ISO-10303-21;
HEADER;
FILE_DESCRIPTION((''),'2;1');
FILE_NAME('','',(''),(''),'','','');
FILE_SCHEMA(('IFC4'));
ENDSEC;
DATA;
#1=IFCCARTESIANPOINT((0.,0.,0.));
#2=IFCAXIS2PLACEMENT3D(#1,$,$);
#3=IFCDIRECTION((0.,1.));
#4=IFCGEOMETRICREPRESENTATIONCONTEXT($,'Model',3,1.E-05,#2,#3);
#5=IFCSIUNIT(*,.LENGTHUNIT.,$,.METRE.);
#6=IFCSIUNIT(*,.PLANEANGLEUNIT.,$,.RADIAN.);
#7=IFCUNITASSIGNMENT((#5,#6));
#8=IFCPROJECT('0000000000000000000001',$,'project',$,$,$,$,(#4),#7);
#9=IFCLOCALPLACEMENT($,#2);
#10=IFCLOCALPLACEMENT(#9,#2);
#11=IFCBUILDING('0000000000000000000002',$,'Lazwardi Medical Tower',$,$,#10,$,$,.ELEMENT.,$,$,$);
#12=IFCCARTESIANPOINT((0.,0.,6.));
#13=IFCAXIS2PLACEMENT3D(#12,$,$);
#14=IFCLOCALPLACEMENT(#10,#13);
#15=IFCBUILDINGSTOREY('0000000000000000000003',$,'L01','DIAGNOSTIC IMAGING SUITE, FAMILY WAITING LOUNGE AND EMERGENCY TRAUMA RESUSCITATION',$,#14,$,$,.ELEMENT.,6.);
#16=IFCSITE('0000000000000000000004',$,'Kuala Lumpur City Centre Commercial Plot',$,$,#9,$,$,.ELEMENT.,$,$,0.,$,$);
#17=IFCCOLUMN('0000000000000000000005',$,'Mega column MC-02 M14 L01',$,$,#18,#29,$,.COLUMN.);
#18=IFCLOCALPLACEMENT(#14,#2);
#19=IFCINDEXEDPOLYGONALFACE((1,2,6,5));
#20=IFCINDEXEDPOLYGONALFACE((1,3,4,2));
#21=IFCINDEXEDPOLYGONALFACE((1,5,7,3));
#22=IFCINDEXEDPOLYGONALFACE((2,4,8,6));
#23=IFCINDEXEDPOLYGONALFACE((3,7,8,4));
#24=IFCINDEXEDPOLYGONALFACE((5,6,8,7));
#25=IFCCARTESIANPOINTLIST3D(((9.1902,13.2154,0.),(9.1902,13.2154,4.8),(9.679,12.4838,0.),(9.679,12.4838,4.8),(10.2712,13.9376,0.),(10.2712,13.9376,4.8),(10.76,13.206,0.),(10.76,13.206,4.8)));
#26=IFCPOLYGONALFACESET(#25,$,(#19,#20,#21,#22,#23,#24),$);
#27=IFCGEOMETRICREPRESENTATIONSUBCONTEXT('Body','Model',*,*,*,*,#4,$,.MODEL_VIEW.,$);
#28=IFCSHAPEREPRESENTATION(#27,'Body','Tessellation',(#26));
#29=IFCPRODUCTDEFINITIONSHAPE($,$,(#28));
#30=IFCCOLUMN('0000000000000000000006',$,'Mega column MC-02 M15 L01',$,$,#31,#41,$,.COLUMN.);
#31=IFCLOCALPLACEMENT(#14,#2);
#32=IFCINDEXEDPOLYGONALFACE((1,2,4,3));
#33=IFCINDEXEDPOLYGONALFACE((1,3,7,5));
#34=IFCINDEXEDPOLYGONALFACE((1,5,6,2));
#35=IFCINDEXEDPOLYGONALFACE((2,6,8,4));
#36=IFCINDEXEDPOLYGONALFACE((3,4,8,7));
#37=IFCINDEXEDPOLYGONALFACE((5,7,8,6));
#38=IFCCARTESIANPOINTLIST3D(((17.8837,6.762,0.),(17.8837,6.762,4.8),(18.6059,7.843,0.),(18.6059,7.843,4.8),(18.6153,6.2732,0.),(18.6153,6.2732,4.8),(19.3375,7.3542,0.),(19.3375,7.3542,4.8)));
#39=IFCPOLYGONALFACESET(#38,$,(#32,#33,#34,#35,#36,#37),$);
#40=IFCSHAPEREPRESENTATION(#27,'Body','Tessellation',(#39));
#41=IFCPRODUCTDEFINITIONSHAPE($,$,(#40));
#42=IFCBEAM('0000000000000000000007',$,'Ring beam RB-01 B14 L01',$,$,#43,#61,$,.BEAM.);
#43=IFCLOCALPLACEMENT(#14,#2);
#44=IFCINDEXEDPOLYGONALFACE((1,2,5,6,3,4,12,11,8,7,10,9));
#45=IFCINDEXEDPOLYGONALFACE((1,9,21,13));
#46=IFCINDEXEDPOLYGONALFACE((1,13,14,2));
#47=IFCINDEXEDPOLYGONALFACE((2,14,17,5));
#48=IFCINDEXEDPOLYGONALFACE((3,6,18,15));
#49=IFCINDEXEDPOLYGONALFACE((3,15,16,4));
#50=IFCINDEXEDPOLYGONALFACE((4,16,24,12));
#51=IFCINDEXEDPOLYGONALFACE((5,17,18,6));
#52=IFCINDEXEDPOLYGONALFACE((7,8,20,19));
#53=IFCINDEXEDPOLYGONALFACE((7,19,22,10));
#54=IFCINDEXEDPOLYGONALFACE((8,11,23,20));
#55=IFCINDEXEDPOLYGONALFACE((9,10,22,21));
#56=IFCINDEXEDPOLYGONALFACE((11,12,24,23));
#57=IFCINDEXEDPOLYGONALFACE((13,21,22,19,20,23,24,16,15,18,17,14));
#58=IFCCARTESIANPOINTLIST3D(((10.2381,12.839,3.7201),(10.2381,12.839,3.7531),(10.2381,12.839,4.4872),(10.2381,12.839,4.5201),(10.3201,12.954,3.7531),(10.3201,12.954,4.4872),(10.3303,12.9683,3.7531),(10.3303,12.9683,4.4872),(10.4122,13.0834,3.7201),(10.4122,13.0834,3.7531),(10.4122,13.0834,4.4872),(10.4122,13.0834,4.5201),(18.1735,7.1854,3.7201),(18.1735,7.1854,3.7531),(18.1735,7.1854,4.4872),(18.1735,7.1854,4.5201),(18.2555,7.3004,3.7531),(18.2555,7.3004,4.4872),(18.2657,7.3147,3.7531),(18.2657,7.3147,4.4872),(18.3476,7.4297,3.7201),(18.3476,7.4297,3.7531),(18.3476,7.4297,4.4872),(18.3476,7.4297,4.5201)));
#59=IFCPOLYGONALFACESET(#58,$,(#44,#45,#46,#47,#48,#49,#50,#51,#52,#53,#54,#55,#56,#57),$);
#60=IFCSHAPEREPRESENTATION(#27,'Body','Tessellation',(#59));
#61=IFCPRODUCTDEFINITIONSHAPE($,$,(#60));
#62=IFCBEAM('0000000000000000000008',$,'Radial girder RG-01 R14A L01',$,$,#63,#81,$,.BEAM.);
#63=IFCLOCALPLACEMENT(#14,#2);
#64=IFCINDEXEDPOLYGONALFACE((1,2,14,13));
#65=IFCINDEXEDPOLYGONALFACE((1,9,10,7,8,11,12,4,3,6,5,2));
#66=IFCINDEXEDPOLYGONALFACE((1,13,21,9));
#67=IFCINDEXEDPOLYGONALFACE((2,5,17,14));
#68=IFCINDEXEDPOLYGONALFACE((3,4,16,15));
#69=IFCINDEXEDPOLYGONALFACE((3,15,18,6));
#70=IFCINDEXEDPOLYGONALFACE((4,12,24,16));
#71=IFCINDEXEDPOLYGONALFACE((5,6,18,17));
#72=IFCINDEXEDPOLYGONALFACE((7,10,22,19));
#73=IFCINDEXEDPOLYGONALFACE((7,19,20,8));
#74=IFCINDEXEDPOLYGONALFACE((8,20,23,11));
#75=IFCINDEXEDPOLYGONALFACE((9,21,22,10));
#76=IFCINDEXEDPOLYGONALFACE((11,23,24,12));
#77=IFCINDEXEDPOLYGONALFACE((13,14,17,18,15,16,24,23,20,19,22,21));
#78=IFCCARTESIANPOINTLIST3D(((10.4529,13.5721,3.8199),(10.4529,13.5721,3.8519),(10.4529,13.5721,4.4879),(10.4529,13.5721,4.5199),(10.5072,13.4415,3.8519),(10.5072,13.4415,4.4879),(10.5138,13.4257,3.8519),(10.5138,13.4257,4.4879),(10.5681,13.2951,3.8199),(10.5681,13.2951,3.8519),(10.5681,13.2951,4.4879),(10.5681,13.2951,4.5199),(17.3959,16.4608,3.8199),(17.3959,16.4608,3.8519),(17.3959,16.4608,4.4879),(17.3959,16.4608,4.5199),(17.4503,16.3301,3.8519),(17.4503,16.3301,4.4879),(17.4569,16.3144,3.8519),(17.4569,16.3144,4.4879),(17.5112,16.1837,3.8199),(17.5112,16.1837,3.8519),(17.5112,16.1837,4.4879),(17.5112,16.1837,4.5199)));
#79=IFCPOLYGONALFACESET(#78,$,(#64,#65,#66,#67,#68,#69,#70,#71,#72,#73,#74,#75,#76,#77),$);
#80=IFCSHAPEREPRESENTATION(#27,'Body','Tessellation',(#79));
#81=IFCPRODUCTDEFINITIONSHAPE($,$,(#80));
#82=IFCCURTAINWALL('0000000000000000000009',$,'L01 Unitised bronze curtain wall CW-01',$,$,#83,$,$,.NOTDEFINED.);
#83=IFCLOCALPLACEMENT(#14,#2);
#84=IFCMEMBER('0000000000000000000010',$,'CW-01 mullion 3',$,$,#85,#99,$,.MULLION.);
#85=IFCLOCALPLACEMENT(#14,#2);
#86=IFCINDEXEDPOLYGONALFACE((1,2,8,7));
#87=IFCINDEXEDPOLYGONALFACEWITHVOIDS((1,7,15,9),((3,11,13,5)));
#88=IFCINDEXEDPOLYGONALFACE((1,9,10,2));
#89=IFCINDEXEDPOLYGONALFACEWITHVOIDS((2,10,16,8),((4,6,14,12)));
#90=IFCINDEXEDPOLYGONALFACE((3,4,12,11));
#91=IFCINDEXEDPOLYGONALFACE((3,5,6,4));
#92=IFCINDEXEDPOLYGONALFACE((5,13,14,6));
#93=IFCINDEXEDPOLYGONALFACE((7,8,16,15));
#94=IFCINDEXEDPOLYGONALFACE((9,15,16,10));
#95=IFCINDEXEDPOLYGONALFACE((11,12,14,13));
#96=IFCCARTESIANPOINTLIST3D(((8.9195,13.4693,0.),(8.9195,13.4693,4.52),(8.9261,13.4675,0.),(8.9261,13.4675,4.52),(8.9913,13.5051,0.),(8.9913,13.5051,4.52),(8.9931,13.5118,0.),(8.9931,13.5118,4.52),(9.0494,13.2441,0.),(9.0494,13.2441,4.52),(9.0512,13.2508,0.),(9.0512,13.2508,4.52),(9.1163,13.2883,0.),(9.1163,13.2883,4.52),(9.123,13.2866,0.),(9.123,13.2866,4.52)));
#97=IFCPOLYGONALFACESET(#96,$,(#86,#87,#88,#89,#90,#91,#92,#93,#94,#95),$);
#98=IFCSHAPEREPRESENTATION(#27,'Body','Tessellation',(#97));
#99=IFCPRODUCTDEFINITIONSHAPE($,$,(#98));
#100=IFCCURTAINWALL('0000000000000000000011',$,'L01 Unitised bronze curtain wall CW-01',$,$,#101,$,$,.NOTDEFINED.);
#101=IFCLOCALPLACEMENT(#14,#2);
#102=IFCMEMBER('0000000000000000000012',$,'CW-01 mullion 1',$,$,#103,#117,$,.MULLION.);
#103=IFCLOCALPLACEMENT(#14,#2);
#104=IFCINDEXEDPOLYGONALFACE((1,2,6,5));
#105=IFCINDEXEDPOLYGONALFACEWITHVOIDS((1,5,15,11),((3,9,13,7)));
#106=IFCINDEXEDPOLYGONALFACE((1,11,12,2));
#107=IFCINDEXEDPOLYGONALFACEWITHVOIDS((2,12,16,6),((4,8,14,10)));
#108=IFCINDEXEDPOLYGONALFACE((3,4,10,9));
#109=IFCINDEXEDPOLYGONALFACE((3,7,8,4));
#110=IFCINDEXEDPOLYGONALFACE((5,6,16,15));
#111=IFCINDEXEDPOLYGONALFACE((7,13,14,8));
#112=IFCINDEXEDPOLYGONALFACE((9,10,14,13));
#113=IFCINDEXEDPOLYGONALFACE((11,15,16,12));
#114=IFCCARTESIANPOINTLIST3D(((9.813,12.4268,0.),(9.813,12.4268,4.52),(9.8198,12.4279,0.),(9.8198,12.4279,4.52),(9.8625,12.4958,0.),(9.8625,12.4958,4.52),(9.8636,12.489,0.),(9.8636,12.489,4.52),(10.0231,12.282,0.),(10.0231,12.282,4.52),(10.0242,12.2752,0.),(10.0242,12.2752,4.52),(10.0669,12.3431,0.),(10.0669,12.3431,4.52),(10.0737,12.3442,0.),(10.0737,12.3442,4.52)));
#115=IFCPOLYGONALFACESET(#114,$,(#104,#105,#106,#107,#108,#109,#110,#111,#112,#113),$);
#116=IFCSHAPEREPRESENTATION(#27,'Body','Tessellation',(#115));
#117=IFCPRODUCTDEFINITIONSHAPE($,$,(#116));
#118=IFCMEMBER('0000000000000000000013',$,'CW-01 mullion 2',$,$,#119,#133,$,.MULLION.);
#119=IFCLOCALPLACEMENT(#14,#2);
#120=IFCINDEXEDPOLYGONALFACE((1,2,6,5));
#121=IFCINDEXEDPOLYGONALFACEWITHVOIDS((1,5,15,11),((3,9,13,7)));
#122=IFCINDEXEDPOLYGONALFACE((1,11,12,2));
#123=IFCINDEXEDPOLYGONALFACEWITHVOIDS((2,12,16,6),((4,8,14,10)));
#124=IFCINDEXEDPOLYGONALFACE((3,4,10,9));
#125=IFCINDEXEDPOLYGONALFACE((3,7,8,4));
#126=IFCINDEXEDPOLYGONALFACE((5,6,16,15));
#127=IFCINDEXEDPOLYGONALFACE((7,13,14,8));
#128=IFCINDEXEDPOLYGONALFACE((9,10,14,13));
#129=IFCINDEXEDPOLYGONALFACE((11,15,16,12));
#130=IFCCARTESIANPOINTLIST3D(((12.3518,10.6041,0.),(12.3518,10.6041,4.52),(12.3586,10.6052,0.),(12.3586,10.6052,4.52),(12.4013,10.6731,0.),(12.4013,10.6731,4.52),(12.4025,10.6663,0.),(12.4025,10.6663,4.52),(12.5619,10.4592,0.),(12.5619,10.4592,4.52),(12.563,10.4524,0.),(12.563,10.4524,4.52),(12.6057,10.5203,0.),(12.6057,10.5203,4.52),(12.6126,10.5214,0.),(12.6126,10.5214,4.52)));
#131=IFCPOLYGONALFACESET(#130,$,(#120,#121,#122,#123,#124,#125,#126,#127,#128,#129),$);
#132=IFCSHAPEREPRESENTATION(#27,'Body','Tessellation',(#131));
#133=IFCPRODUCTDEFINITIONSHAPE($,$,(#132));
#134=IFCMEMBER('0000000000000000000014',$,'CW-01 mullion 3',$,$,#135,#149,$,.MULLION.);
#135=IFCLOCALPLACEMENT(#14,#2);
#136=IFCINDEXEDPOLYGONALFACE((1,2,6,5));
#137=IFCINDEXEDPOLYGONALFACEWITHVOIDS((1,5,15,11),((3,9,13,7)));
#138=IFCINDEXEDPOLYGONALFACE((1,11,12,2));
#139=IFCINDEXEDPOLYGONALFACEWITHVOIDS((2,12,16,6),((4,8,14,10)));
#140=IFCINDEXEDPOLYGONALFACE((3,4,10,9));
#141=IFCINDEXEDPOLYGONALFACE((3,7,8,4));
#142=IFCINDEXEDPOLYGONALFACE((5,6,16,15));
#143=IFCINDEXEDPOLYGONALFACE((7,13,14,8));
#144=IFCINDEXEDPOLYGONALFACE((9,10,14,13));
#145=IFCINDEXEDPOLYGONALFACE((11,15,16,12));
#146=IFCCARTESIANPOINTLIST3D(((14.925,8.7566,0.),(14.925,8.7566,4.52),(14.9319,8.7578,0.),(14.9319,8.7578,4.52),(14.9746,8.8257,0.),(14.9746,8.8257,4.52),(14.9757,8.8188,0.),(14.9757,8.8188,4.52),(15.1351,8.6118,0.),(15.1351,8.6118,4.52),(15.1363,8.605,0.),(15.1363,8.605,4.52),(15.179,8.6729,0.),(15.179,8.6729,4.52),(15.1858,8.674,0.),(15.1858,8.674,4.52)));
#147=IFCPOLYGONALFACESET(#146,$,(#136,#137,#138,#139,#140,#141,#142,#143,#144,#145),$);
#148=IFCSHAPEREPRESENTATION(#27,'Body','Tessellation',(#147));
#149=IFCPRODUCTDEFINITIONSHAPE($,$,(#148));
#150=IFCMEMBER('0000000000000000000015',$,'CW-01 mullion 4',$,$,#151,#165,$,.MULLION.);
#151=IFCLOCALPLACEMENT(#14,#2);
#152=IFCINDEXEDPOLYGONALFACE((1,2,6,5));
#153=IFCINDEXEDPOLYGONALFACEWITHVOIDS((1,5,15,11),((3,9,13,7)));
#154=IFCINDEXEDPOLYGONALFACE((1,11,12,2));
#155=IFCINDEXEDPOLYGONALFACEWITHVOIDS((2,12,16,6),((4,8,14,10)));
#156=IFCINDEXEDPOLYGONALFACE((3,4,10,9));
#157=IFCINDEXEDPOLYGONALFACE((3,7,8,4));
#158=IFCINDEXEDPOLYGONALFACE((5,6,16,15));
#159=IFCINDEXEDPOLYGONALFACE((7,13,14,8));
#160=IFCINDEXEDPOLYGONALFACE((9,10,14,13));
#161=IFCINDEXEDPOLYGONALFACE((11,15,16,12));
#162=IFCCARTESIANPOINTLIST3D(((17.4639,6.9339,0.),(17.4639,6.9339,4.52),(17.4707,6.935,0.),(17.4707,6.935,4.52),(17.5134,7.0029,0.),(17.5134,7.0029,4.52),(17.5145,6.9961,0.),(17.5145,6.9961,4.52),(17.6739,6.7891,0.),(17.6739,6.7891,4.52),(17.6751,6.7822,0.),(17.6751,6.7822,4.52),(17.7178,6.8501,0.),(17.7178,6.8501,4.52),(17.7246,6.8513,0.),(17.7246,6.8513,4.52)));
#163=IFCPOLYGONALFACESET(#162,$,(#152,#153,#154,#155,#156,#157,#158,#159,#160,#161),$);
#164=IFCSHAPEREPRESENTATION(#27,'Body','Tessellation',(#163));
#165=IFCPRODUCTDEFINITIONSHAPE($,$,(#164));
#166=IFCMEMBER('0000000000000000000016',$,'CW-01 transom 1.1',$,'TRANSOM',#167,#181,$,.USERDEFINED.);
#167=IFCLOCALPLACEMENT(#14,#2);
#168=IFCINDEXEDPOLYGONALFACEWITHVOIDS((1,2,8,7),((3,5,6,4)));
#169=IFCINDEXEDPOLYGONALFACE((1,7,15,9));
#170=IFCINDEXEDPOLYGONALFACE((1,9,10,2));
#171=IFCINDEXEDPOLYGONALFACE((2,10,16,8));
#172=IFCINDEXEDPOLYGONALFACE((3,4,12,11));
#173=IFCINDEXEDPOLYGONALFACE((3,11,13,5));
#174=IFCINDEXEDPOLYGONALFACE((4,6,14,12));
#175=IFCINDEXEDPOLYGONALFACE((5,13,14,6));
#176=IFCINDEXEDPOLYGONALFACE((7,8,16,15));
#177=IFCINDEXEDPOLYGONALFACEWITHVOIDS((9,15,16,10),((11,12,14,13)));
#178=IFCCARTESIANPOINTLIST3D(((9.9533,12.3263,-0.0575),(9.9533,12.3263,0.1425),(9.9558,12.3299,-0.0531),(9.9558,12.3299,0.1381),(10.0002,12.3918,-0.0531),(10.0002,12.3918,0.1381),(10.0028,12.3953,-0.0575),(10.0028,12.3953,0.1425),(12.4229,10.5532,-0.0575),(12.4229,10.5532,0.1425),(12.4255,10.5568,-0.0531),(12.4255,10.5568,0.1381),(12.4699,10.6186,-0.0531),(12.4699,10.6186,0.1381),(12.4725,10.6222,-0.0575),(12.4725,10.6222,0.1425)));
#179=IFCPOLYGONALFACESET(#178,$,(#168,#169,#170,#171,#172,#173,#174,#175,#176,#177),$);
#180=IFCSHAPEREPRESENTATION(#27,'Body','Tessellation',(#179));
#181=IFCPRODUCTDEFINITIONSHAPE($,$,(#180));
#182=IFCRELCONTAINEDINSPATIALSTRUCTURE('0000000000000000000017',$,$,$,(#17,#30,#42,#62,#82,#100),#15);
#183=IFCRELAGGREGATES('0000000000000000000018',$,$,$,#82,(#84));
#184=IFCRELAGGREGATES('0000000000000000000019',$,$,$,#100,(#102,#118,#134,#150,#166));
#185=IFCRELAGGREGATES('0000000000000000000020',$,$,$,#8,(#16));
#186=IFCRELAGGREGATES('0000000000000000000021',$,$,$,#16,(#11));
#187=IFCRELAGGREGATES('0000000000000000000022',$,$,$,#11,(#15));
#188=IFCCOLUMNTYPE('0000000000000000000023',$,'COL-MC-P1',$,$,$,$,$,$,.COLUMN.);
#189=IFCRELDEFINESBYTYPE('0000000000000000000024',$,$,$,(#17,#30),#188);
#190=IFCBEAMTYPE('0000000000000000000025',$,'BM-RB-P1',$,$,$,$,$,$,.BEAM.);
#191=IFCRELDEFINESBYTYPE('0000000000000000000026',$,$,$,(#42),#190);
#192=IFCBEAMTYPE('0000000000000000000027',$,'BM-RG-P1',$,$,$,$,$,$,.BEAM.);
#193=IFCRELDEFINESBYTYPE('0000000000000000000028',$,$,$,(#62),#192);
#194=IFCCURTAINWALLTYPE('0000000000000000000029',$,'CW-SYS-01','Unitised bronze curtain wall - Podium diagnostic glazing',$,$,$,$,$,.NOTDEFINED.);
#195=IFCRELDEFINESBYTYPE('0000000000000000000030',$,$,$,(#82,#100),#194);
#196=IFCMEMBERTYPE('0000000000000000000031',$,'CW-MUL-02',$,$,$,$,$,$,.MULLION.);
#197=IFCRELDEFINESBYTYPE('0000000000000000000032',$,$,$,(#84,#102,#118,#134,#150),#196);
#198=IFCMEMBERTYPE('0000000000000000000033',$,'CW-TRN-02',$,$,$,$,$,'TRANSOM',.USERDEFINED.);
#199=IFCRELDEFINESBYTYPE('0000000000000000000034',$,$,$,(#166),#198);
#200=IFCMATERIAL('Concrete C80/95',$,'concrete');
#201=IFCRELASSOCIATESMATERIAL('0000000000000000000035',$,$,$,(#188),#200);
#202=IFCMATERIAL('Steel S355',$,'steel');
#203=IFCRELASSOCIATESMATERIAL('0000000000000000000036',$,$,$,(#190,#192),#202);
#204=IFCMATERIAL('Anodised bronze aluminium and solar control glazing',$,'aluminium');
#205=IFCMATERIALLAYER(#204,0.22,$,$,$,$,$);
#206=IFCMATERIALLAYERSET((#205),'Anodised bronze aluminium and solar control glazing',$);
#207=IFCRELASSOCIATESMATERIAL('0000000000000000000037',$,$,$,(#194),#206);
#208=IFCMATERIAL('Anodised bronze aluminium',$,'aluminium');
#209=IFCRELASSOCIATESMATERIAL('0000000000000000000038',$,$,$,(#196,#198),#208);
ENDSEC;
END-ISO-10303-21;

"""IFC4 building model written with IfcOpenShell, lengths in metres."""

from ifc_helpers import new_model, si_unit, direction, frame, origin, origin_2d, place, context, subcontext, project, spatial, rectangle, hollow_rectangle, i_section, extrude, material, layer, layer_set, material_profile, profile_set, type_object, element, aggregate, save


model = new_model("IFC4")

# Units and contexts
model_context = context("Model", 3, precision=1e-05, world=origin(), true_north=direction((0.0, 1.0)))
body_context = subcontext(model_context, "Body", "Model", "MODEL_VIEW")
ifc_project = project(units=[si_unit("LENGTHUNIT", "METRE"), si_unit("PLANEANGLEUNIT", "RADIAN")], contexts=[model_context])

# Site, building, storey
site_placement = place(None, origin())
site = spatial("IfcSite", under=ifc_project, at=site_placement, Name="Kuala Lumpur City Centre Commercial Plot", CompositionType="ELEMENT", RefElevation=0.0)
building_placement = place(site_placement, origin())
building = spatial("IfcBuilding", under=site, at=building_placement, Name="Lazwardi Medical Tower", CompositionType="ELEMENT")
storey_placement = place(building_placement, frame((0.0, 0.0, 6.0)))
storey = spatial("IfcBuildingStorey", under=building, at=storey_placement, Name="L01", Description="DIAGNOSTIC IMAGING SUITE, FAMILY WAITING LOUNGE AND EMERGENCY TRAUMA RESUSCITATION", CompositionType="ELEMENT", Elevation=6.0)

# Columns
ifc_material_1 = material(Name="Concrete C80/95", Category="concrete")
ifc_material_profile_1 = material_profile(ifc_material_1, rectangle(XDim=1.3, YDim=0.8799, at=origin_2d()), Name="CFT-RECT 1300x880")
ifc_profile_set_1 = profile_set([ifc_material_profile_1], Name="Concrete C80/95")
column_type = type_object("IfcColumnType", Name="COL-MC-P1", PredefinedType="COLUMN", material=ifc_profile_set_1)
for number, where, z_axis, x_axis, name in (
    (1, (9.9751, 13.2107, 0.0), (0.0, 0.0, 1.0), (-0.83147, -0.55557, 0.0), "Mega column MC-02 M14 L01"),
    (2, (18.6106, 7.0581, 0.0), (0.0, 0.0, 1.0), (-0.55557, -0.83147, 0.0), "Mega column MC-02 M15 L01"),
):
    element("IfcColumn", number, at=place(storey_placement, frame(where, z_axis=z_axis, x_axis=x_axis)), inside=storey, type_object=column_type, Name=name, PredefinedType="COLUMN", context=body_context, shape_type="SweptSolid", body=[
        extrude(rectangle(XDim=1.3, YDim=0.8799, at=origin_2d()), origin(), (0.0, 0.0, 1.0), 4.8),
    ])

# Beams
ifc_material_2 = material(Name="Steel S355", Category="steel")
ifc_material_profile_2 = material_profile(ifc_material_2, i_section(OverallWidth=0.3, OverallDepth=0.8, WebThickness=0.0176, FlangeThickness=0.033, at=origin_2d()), Name="HEB 800")
ifc_profile_set_2 = profile_set([ifc_material_profile_2], Name="Steel S355")
beam_type_1 = type_object("IfcBeamType", Name="BM-RB-P1", PredefinedType="BEAM", material=ifc_profile_set_2)
beam_1_placement = place(storey_placement, frame((10.3252, 12.9612, 4.1201), z_axis=(0.814437, -0.580252, 0.0), x_axis=(0.580252, 0.814437, 0.0)))
element("IfcBeam", 3, at=beam_1_placement, inside=storey, type_object=beam_type_1, Name="Ring beam RB-01 B14 L01", PredefinedType="BEAM", context=body_context, shape_type="SweptSolid", body=[
    extrude(i_section(OverallWidth=0.3, OverallDepth=0.8, WebThickness=0.0176, FlangeThickness=0.033, at=origin_2d()), origin(), (0.0, 0.0, 1.0), 9.7434),
])
ifc_material_profile_3 = material_profile(ifc_material_2, i_section(OverallWidth=0.3, OverallDepth=0.7, WebThickness=0.0171, FlangeThickness=0.032, at=origin_2d()), Name="HEB 700")
ifc_profile_set_3 = profile_set([ifc_material_profile_3], Name="Steel S355")
beam_type_2 = type_object("IfcBeamType", Name="BM-RG-P1", PredefinedType="BEAM", material=ifc_profile_set_3)
beam_2_placement = place(storey_placement, frame((10.5105, 13.4336, 4.1699), z_axis=(0.923279, 0.384129, 0.0), x_axis=(-0.384129, 0.923279, 0.0)))
element("IfcBeam", 4, at=beam_2_placement, inside=storey, type_object=beam_type_2, Name="Radial girder RG-01 R14A L01", PredefinedType="BEAM", context=body_context, shape_type="SweptSolid", body=[
    extrude(i_section(OverallWidth=0.3, OverallDepth=0.7, WebThickness=0.0171, FlangeThickness=0.032, at=origin_2d()), origin(), (0.0, 0.0, 1.0), 7.52),
])

# Curtain wall, member
ifc_material_3 = material(Name="Anodised bronze aluminium and solar control glazing", Category="aluminium")
ifc_layer_1 = layer(ifc_material_3, 0.22)
ifc_layer_set_1 = layer_set([ifc_layer_1], Name="Anodised bronze aluminium and solar control glazing")
curtain_wall_type = type_object("IfcCurtainWallType", Name="CW-SYS-01", Description="Unitised bronze curtain wall - Podium diagnostic glazing", PredefinedType="NOTDEFINED", material=ifc_layer_set_1)
curtain_wall_1_placement = place(storey_placement, origin())
curtain_wall_1 = element("IfcCurtainWall", 5, at=curtain_wall_1_placement, inside=storey, type_object=curtain_wall_type, Name="L01 Unitised bronze curtain wall CW-01", PredefinedType="NOTDEFINED")
ifc_material_4 = material(Name="Anodised bronze aluminium", Category="aluminium")
ifc_material_profile_4 = material_profile(ifc_material_4, hollow_rectangle(XDim=0.085, YDim=0.26, WallThickness=0.0049, at=origin_2d()), Name="ALU-MULLION 260x85x5")
ifc_profile_set_4 = profile_set([ifc_material_profile_4], Name="Anodised bronze aluminium")
member_type_1 = type_object("IfcMemberType", Name="CW-MUL-02", PredefinedType="MULLION", material=ifc_profile_set_4)
member_1_placement = place(storey_placement, frame((9.0212, 13.3779, 0.0), z_axis=(0.0, 0.0, 1.0), x_axis=(0.866181, 0.499731, 0.0)))
member_1 = element("IfcMember", 6, at=member_1_placement, type_object=member_type_1, Name="CW-01 mullion 3", PredefinedType="MULLION", context=body_context, shape_type="SweptSolid", body=[
    extrude(hollow_rectangle(XDim=0.085, YDim=0.26, WallThickness=0.0049, at=origin_2d()), origin(), (0.0, 0.0, 1.0), 4.52),
])
aggregate(curtain_wall_1, [member_1])

# Curtain wall, members
curtain_wall_2_placement = place(storey_placement, origin())
curtain_wall_2 = element("IfcCurtainWall", 7, at=curtain_wall_2_placement, inside=storey, type_object=curtain_wall_type, Name="L01 Unitised bronze curtain wall CW-01", PredefinedType="NOTDEFINED")
member_2_placement = place(storey_placement, frame((9.9434, 12.3855, 0.0), z_axis=(0.0, 0.0, 1.0), x_axis=(0.583214, 0.812318, 0.0)))
member_2 = element("IfcMember", 8, at=member_2_placement, type_object=member_type_1, Name="CW-01 mullion 1", PredefinedType="MULLION", context=body_context, shape_type="SweptSolid", body=[
    extrude(hollow_rectangle(XDim=0.085, YDim=0.26, WallThickness=0.0049, at=origin_2d()), origin(), (0.0, 0.0, 1.0), 4.52),
])
member_3_placement = place(storey_placement, frame((12.4822, 10.5627, 0.0), z_axis=(0.0, 0.0, 1.0), x_axis=(0.583214, 0.812318, 0.0)))
member_3 = element("IfcMember", 9, at=member_3_placement, type_object=member_type_1, Name="CW-01 mullion 2", PredefinedType="MULLION", context=body_context, shape_type="SweptSolid", body=[
    extrude(hollow_rectangle(XDim=0.085, YDim=0.26, WallThickness=0.0049, at=origin_2d()), origin(), (0.0, 0.0, 1.0), 4.52),
])
member_4_placement = place(storey_placement, frame((15.0554, 8.7153, 0.0), z_axis=(0.0, 0.0, 1.0), x_axis=(0.583214, 0.812318, 0.0)))
member_4 = element("IfcMember", 10, at=member_4_placement, type_object=member_type_1, Name="CW-01 mullion 3", PredefinedType="MULLION", context=body_context, shape_type="SweptSolid", body=[
    extrude(hollow_rectangle(XDim=0.085, YDim=0.26, WallThickness=0.0049, at=origin_2d()), origin(), (0.0, 0.0, 1.0), 4.52),
])
member_5_placement = place(storey_placement, frame((17.5942, 6.8926, 0.0), z_axis=(0.0, 0.0, 1.0), x_axis=(0.583214, 0.812318, 0.0)))
member_5 = element("IfcMember", 11, at=member_5_placement, type_object=member_type_1, Name="CW-01 mullion 4", PredefinedType="MULLION", context=body_context, shape_type="SweptSolid", body=[
    extrude(hollow_rectangle(XDim=0.085, YDim=0.26, WallThickness=0.0049, at=origin_2d()), origin(), (0.0, 0.0, 1.0), 4.52),
])
ifc_material_profile_5 = material_profile(ifc_material_4, hollow_rectangle(XDim=0.085, YDim=0.2, WallThickness=0.0044, at=origin_2d()), Name="ALU-TRANSOM 200x85x4.5")
ifc_profile_set_5 = profile_set([ifc_material_profile_5], Name="Anodised bronze aluminium")
member_type_2 = type_object("IfcMemberType", Name="CW-TRN-02", ElementType="TRANSOM", PredefinedType="USERDEFINED", material=ifc_profile_set_5)
member_6_placement = place(storey_placement, frame((9.978, 12.3608, 0.0425), z_axis=(0.812315, -0.583219, 0.0), x_axis=(0.583219, 0.812315, 0.0)))
member_6 = element("IfcMember", 12, at=member_6_placement, type_object=member_type_2, Name="CW-01 transom 1.1", ObjectType="TRANSOM", PredefinedType="USERDEFINED", context=body_context, shape_type="SweptSolid", body=[
    extrude(hollow_rectangle(XDim=0.085, YDim=0.2, WallThickness=0.0044, at=origin_2d()), origin(), (0.0, 0.0, 1.0), 3.0403),
])
aggregate(curtain_wall_2, [member_2, member_3, member_4, member_5, member_6])

save(model, "model.ifc")
